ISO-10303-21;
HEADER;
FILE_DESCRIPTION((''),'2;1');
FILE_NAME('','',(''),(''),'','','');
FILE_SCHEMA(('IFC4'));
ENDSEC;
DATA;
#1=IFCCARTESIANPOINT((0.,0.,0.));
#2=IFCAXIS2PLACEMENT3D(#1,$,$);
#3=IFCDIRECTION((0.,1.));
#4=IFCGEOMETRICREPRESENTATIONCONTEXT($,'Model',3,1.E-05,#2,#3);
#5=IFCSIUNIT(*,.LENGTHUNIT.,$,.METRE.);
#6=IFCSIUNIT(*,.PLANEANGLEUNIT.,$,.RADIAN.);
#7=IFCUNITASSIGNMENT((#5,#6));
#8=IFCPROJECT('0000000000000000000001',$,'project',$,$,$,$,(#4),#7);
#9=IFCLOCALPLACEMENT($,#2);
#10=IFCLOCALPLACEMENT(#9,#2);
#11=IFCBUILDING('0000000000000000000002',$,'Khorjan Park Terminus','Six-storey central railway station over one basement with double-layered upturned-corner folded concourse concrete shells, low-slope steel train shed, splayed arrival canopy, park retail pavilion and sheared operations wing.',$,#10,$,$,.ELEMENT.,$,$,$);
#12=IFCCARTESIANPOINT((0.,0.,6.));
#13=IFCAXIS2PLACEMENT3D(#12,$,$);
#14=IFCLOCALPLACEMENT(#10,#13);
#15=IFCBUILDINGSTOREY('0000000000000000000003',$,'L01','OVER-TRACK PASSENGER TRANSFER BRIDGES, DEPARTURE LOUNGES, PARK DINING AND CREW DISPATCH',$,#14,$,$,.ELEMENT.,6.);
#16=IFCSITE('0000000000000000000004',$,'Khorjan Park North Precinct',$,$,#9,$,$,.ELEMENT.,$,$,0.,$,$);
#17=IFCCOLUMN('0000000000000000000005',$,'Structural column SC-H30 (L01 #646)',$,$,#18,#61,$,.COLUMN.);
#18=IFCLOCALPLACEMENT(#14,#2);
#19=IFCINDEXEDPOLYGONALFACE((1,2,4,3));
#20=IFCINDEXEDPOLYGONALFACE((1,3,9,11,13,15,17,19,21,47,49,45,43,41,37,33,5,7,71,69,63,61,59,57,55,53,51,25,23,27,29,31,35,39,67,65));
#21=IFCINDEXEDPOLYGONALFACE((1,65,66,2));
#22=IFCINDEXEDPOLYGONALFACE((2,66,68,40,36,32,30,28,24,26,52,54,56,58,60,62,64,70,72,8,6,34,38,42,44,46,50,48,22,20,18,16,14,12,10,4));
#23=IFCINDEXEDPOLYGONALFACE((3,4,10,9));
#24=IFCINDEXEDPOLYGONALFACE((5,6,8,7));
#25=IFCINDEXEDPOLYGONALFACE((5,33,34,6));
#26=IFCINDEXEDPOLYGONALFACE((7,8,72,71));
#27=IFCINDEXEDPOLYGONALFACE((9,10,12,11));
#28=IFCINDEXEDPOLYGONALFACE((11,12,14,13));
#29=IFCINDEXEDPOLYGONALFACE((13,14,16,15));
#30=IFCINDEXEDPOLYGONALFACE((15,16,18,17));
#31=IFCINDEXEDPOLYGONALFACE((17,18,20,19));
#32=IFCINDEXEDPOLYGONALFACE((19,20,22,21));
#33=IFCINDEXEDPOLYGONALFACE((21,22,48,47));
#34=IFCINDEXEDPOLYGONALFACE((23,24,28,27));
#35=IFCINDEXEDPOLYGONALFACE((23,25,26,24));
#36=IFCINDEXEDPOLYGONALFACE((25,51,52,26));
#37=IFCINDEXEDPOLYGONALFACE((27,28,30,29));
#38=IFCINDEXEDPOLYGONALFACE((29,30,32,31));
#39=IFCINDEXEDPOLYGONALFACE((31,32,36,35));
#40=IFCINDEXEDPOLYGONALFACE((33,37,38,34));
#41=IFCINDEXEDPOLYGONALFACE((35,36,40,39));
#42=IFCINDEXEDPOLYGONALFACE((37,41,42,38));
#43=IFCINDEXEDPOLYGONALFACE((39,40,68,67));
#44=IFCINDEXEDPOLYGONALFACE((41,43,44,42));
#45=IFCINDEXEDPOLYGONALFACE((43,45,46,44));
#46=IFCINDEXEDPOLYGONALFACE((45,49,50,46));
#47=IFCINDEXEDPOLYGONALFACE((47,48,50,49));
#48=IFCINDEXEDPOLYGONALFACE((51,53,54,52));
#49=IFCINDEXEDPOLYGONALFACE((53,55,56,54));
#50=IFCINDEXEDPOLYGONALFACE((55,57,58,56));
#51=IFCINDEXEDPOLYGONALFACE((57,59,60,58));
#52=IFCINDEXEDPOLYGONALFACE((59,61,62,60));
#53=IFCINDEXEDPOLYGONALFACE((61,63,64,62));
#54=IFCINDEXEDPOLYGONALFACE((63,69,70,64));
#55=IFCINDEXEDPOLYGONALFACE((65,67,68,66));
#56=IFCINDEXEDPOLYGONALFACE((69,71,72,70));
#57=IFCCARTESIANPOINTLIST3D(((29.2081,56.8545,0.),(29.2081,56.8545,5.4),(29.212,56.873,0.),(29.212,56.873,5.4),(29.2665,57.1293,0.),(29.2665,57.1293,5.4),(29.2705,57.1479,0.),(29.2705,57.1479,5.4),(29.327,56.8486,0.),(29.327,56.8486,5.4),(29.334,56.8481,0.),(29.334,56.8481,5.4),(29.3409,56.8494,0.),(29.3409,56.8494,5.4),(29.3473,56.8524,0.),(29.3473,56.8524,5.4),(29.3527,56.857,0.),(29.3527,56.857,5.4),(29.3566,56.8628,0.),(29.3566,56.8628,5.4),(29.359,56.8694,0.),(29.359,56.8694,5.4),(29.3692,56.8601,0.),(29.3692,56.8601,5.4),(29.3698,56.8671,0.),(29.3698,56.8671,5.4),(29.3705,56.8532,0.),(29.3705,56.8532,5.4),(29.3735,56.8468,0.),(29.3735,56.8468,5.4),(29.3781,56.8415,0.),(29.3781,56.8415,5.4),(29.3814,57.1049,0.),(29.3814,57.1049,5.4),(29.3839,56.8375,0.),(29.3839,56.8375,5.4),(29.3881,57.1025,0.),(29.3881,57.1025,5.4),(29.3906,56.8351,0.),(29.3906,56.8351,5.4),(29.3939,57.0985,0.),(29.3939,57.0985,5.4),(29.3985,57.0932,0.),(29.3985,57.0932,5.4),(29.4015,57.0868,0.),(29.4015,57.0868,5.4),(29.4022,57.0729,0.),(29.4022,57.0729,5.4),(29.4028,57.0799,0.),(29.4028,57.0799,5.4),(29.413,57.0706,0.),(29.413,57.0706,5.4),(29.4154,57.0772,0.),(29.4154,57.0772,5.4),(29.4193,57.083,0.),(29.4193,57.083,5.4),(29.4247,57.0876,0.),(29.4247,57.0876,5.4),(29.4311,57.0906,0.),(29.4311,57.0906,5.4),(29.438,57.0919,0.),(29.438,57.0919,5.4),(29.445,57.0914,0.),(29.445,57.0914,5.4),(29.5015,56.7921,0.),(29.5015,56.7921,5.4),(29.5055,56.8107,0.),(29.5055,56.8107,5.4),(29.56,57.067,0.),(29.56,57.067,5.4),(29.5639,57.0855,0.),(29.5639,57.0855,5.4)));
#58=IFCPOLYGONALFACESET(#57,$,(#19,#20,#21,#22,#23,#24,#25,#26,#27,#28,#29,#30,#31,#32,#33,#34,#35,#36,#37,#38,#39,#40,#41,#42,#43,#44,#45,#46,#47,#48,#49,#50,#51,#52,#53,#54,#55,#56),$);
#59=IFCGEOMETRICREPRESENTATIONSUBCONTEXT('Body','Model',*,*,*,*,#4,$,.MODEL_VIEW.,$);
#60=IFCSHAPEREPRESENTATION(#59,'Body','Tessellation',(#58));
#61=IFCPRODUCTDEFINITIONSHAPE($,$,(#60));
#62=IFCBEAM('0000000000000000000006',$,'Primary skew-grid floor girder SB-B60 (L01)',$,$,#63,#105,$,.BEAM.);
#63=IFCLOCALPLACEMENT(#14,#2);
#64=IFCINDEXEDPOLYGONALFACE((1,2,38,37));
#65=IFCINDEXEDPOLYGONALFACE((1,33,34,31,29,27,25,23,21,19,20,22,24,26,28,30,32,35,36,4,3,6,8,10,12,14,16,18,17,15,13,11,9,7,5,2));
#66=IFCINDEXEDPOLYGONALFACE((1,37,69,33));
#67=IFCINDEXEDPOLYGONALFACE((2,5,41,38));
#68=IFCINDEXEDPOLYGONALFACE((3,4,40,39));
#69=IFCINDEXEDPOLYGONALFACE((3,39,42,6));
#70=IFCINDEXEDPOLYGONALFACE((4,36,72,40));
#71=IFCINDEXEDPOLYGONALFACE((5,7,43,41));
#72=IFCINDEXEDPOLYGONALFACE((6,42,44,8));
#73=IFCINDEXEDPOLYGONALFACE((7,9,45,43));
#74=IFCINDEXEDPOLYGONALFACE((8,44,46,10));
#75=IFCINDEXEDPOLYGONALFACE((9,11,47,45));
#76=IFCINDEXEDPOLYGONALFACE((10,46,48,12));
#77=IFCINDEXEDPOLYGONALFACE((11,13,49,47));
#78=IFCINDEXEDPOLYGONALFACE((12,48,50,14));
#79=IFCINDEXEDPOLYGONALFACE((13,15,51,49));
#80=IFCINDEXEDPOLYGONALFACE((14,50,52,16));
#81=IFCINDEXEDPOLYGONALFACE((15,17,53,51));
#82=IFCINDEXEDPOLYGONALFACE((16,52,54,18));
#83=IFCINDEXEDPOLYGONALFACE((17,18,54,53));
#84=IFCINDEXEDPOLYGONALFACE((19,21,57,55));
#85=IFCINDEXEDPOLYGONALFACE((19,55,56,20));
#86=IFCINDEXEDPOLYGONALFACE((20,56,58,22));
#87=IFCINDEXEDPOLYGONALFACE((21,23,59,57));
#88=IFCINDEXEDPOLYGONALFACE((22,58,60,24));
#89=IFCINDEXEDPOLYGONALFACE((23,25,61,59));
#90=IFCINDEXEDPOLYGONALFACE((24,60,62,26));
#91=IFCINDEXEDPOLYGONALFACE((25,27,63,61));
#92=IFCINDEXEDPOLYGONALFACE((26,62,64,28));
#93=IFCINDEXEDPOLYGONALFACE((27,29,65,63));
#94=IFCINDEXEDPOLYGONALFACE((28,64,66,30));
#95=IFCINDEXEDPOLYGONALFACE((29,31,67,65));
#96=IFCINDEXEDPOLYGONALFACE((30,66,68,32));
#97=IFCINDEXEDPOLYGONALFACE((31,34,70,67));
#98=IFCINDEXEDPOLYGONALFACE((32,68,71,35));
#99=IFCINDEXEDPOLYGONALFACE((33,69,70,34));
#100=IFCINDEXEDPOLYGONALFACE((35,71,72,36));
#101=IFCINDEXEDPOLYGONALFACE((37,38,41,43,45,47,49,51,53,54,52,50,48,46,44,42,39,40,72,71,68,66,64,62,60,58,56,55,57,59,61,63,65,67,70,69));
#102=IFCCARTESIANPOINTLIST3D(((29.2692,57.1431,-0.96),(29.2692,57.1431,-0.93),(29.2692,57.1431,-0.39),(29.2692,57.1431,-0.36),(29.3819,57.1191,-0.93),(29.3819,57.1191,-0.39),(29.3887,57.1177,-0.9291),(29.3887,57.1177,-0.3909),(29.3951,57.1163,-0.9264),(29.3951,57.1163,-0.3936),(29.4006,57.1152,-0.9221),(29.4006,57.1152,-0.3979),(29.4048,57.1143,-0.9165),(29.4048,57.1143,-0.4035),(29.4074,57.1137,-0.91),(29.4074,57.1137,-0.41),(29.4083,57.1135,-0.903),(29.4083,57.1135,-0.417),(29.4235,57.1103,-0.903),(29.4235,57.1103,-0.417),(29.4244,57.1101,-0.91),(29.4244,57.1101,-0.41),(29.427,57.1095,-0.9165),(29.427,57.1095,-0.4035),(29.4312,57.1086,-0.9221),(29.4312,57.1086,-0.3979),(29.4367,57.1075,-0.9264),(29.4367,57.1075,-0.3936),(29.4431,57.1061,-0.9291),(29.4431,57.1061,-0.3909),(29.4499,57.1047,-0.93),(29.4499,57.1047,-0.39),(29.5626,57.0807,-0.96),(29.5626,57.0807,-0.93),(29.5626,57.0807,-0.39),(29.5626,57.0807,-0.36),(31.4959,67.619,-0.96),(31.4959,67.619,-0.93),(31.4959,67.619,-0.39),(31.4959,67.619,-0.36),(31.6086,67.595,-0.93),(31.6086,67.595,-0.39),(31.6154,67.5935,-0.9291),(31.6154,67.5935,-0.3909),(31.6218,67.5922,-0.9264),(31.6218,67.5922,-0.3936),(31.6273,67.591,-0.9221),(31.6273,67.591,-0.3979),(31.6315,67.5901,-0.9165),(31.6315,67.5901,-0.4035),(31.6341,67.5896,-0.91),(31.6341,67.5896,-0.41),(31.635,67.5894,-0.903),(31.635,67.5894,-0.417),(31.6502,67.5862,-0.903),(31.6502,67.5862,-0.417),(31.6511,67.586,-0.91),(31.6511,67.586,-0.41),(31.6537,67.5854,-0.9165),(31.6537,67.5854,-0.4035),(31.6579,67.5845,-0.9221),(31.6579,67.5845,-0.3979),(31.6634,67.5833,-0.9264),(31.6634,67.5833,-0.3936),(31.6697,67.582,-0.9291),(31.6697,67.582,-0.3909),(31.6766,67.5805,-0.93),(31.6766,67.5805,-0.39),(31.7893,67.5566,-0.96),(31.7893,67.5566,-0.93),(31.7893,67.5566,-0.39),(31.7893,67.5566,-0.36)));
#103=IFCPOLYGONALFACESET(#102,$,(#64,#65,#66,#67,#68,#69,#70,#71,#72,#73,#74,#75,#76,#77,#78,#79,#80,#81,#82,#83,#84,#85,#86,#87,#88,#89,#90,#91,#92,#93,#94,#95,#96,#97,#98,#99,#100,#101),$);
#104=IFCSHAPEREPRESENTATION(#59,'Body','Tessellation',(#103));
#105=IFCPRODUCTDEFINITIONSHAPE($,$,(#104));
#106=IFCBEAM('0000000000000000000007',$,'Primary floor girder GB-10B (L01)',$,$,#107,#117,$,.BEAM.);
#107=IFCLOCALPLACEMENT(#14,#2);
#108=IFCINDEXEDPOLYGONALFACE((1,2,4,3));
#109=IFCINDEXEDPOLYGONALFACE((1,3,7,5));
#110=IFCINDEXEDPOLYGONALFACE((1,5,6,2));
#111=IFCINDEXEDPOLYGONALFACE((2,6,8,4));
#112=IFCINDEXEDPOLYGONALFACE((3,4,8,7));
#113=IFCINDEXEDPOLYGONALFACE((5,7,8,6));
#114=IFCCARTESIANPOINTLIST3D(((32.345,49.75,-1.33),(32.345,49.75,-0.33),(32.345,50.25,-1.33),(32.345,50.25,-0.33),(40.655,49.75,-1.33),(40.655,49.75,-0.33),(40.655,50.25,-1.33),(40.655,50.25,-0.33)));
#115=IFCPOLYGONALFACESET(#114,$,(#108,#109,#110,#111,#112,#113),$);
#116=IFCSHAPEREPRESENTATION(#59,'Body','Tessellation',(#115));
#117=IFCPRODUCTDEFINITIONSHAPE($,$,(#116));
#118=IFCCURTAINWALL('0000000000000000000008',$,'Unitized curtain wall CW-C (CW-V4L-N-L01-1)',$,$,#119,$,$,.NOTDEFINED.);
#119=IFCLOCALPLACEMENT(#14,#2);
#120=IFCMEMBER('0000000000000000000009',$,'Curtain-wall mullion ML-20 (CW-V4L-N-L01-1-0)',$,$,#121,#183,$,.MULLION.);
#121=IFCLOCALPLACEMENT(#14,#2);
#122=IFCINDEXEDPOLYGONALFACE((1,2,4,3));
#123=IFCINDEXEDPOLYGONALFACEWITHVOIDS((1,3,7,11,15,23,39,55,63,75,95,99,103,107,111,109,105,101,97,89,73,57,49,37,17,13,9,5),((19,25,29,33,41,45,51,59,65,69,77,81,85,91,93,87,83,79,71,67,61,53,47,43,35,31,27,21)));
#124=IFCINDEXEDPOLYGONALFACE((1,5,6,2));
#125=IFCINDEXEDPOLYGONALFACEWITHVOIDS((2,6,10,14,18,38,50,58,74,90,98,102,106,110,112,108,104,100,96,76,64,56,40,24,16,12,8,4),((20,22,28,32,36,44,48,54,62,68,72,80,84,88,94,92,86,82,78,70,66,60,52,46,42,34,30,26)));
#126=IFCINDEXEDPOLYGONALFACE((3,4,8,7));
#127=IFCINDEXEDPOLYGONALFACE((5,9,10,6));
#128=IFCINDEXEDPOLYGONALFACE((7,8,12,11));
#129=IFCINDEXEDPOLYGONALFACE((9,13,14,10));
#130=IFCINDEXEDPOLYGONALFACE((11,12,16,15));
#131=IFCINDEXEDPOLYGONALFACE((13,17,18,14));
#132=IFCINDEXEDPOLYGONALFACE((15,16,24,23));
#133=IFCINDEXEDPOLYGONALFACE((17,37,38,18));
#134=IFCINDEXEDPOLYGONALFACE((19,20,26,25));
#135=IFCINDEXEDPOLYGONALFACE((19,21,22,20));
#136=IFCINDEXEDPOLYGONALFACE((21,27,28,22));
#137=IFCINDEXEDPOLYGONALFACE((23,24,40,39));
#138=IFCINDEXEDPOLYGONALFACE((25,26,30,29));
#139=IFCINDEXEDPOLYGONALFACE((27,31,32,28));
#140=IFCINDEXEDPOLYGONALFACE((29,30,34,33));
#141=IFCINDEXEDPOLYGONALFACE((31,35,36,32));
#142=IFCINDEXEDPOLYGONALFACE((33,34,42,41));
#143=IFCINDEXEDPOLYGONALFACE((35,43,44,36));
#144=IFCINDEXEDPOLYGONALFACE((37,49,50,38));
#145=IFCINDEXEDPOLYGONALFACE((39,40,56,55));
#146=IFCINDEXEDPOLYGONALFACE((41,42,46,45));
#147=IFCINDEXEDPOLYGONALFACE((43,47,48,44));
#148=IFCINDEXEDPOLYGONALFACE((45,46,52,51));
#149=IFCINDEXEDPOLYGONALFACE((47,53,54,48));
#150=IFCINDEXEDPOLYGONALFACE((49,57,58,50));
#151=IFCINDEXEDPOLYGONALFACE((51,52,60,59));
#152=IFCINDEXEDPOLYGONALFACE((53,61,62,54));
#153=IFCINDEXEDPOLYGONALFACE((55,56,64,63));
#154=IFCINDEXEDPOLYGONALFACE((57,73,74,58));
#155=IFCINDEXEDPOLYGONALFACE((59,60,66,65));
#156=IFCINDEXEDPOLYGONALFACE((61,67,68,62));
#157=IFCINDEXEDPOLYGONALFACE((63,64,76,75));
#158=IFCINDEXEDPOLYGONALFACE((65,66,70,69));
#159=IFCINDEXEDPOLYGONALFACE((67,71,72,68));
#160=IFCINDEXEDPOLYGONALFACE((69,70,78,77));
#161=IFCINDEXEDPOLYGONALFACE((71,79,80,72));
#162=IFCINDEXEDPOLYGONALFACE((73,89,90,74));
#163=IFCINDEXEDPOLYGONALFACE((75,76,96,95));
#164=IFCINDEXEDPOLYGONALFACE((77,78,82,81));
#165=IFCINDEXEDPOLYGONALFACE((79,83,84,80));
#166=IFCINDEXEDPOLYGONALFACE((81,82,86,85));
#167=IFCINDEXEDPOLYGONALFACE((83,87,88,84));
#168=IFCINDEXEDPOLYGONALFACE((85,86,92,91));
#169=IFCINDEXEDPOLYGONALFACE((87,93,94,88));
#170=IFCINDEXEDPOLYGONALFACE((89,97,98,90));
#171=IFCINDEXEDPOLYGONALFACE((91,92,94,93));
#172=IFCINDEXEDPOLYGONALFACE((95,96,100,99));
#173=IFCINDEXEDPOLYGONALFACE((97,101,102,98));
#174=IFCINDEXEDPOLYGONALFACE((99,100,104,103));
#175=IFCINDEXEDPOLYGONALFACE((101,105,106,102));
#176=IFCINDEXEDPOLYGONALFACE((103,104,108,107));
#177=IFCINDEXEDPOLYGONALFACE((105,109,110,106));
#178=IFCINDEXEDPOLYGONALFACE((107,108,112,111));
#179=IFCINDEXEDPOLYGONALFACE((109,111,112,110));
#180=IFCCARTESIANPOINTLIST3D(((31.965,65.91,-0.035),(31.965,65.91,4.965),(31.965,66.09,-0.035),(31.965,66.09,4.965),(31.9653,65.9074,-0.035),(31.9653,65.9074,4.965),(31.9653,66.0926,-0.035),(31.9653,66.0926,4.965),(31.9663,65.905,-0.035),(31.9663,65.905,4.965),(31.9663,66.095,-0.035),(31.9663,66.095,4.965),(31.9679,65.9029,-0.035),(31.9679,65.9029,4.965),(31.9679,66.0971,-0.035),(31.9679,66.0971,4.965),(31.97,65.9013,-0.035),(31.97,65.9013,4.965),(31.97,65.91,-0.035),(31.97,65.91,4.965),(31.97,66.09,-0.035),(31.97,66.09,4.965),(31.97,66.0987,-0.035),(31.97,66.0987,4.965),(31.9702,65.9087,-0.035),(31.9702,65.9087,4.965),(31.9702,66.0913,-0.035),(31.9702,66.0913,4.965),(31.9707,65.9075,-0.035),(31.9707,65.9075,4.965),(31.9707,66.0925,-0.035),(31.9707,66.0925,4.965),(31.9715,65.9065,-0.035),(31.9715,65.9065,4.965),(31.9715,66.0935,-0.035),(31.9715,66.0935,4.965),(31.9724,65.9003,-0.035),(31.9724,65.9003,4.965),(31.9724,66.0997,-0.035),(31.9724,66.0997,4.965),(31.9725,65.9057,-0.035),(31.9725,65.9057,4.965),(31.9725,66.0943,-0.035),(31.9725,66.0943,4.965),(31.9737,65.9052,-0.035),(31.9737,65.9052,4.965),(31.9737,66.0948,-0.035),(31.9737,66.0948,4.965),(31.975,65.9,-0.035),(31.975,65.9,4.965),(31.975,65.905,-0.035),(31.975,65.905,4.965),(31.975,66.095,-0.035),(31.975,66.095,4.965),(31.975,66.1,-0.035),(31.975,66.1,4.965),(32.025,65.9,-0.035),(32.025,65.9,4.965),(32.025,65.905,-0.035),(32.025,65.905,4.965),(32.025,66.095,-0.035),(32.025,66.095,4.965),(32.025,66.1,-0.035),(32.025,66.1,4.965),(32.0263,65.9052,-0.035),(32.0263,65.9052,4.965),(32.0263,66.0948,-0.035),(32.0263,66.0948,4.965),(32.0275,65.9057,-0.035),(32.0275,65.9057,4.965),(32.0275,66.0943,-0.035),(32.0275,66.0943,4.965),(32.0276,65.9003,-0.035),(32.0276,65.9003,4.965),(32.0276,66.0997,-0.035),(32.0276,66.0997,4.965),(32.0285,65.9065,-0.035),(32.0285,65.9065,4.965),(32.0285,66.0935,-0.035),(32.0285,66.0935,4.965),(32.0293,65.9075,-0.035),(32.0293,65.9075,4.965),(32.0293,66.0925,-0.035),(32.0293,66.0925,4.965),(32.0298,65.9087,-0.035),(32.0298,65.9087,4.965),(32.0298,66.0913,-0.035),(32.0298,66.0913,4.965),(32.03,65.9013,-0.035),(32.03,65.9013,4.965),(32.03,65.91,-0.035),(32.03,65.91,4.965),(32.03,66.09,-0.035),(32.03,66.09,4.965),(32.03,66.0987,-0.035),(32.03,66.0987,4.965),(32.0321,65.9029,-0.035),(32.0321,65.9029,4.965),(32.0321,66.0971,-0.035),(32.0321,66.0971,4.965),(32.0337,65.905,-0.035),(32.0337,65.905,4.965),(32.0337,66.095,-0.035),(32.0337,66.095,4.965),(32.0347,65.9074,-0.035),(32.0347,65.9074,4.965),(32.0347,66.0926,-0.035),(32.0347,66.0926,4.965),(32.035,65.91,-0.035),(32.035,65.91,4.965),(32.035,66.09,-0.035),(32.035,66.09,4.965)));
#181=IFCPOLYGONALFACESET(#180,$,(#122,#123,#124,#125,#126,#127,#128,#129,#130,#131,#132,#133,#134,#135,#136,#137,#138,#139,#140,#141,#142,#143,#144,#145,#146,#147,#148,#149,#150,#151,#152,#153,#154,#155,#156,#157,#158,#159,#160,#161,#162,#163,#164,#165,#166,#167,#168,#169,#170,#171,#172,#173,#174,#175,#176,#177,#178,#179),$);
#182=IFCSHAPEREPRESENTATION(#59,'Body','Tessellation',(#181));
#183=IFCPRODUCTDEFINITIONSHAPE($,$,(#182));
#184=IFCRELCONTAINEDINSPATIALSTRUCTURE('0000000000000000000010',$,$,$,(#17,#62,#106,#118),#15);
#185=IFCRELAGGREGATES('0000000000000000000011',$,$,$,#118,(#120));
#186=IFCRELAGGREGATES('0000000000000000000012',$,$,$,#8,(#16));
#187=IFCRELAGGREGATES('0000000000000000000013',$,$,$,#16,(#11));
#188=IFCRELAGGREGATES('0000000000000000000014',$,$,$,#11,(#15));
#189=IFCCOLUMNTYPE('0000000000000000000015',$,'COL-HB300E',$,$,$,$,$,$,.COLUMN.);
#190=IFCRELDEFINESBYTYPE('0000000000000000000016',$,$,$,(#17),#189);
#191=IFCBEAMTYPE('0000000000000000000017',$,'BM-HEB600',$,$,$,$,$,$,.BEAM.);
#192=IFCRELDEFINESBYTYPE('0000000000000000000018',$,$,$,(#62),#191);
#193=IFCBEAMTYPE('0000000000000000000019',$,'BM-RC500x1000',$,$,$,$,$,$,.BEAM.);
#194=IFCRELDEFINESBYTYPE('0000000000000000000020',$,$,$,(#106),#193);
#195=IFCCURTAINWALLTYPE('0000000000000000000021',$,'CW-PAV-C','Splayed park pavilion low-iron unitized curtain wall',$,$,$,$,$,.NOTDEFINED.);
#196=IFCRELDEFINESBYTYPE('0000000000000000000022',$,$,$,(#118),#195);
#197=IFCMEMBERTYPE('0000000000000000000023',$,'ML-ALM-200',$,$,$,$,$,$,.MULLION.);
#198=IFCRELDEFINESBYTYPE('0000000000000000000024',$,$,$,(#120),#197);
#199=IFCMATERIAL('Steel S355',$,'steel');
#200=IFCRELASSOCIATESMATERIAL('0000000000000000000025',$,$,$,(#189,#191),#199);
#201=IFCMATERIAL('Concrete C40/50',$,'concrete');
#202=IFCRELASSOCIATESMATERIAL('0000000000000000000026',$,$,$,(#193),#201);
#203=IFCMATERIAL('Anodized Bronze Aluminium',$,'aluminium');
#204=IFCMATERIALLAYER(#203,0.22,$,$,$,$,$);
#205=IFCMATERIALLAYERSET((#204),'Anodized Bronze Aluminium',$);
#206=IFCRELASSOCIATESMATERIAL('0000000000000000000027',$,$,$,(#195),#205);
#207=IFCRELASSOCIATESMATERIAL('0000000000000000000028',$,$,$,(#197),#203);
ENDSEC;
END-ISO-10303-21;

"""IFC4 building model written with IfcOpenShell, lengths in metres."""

from ifc_helpers import new_model, si_unit, direction, frame, origin, origin_2d, place, context, subcontext, project, spatial, rectangle, hollow_rectangle, i_section, extrude, material, layer, layer_set, material_profile, profile_set, type_object, element, aggregate, save


model = new_model("IFC4")

# Units and contexts
model_context = context("Model", 3, precision=1e-05, world=origin(), true_north=direction((0.0, 1.0)))
body_context = subcontext(model_context, "Body", "Model", "MODEL_VIEW")
ifc_project = project(units=[si_unit("LENGTHUNIT", "METRE"), si_unit("PLANEANGLEUNIT", "RADIAN")], contexts=[model_context])

# Site, building, storey
site_placement = place(None, origin())
site = spatial("IfcSite", under=ifc_project, at=site_placement, Name="Khorjan Park North Precinct", CompositionType="ELEMENT", RefElevation=0.0)
building_placement = place(site_placement, origin())
building = spatial("IfcBuilding", under=site, at=building_placement, Name="Khorjan Park Terminus", Description="Six-storey central railway station over one basement with double-layered upturned-corner folded concourse concrete shells, low-slope steel train shed, splayed arrival canopy, park retail pavilion and sheared operations wing.", CompositionType="ELEMENT")
storey_placement = place(building_placement, frame((0.0, 0.0, 6.0)))
storey = spatial("IfcBuildingStorey", under=building, at=storey_placement, Name="L01", Description="OVER-TRACK PASSENGER TRANSFER BRIDGES, DEPARTURE LOUNGES, PARK DINING AND CREW DISPATCH", CompositionType="ELEMENT", Elevation=6.0)

# Column
ifc_material_1 = material(Name="Steel S355", Category="steel")
ifc_material_profile_1 = material_profile(ifc_material_1, i_section(OverallWidth=0.3, OverallDepth=0.3, WebThickness=0.011, FlangeThickness=0.019, FilletRadius=0.027, at=origin_2d()), Name="HEB 300")
ifc_profile_set_1 = profile_set([ifc_material_profile_1], Name="Steel S355")
column_type = type_object("IfcColumnType", Name="COL-HB300E", PredefinedType="COLUMN", material=ifc_profile_set_1)
column_placement = place(storey_placement, frame((29.386, 56.97, 0.0), z_axis=(0.0, 0.0, 1.0), x_axis=(0.978148, -0.207912, 0.0)))
element("IfcColumn", 1, at=column_placement, inside=storey, type_object=column_type, Name="Structural column SC-H30 (L01 #646)", PredefinedType="COLUMN", context=body_context, shape_type="SweptSolid", body=[
    extrude(i_section(OverallWidth=0.3, OverallDepth=0.3, WebThickness=0.011, FlangeThickness=0.019, FilletRadius=0.027, at=origin_2d()), origin(), (0.0, 0.0, 1.0), 5.4),
])

# Beams
ifc_material_profile_2 = material_profile(ifc_material_1, i_section(OverallWidth=0.3, OverallDepth=0.6, WebThickness=0.0155, FlangeThickness=0.03, FilletRadius=0.027, at=origin_2d()), Name="HEB 600")
ifc_profile_set_2 = profile_set([ifc_material_profile_2], Name="Steel S355")
beam_type_1 = type_object("IfcBeamType", Name="BM-HEB600", PredefinedType="BEAM", material=ifc_profile_set_2)
beam_1_placement = place(storey_placement, frame((29.4159, 57.1119, -0.66), z_axis=(0.20791, 0.978148, 0.0), x_axis=(-0.978148, 0.20791, 0.0)))
element("IfcBeam", 2, at=beam_1_placement, inside=storey, type_object=beam_type_1, Name="Primary skew-grid floor girder SB-B60 (L01)", PredefinedType="BEAM", context=body_context, shape_type="SweptSolid", body=[
    extrude(i_section(OverallWidth=0.3, OverallDepth=0.6, WebThickness=0.0155, FlangeThickness=0.03, FilletRadius=0.027, at=origin_2d()), origin(), (0.0, 0.0, 1.0), 10.7099),
])
ifc_material_2 = material(Name="Concrete C40/50", Category="concrete")
ifc_material_profile_3 = material_profile(ifc_material_2, rectangle(XDim=0.5, YDim=1.0, at=origin_2d()), Name="RC 500x1000")
ifc_profile_set_3 = profile_set([ifc_material_profile_3], Name="Concrete C40/50")
beam_type_2 = type_object("IfcBeamType", Name="BM-RC500x1000", PredefinedType="BEAM", material=ifc_profile_set_3)
beam_2_placement = place(storey_placement, frame((32.345, 50.0, -0.83), z_axis=(1.0, 0.0, 0.0), x_axis=(0.0, 1.0, 0.0)))
element("IfcBeam", 3, at=beam_2_placement, inside=storey, type_object=beam_type_2, Name="Primary floor girder GB-10B (L01)", PredefinedType="BEAM", context=body_context, shape_type="SweptSolid", body=[
    extrude(rectangle(XDim=0.5, YDim=1.0, at=origin_2d()), origin(), (0.0, 0.0, 1.0), 8.31),
])

# Curtain wall, member
ifc_material_3 = material(Name="Anodized Bronze Aluminium", Category="aluminium")
ifc_layer_1 = layer(ifc_material_3, 0.22)
ifc_layer_set_1 = layer_set([ifc_layer_1], Name="Anodized Bronze Aluminium")
curtain_wall_type = type_object("IfcCurtainWallType", Name="CW-PAV-C", Description="Splayed park pavilion low-iron unitized curtain wall", PredefinedType="NOTDEFINED", material=ifc_layer_set_1)
curtain_wall_1_placement = place(storey_placement, origin())
curtain_wall_1 = element("IfcCurtainWall", 4, at=curtain_wall_1_placement, inside=storey, type_object=curtain_wall_type, Name="Unitized curtain wall CW-C (CW-V4L-N-L01-1)", PredefinedType="NOTDEFINED")
ifc_material_profile_4 = material_profile(ifc_material_3, hollow_rectangle(XDim=0.07, YDim=0.2, WallThickness=0.005, InnerFilletRadius=0.005, OuterFilletRadius=0.01, at=origin_2d()), Name="ALM 70x200x5")
ifc_profile_set_4 = profile_set([ifc_material_profile_4], Name="Anodized Bronze Aluminium")
member_type_1 = type_object("IfcMemberType", Name="ML-ALM-200", PredefinedType="MULLION", material=ifc_profile_set_4)
member_1_placement = place(storey_placement, frame((32.0, 66.0, -0.035), z_axis=(0.0, 0.0, 1.0), x_axis=(-1.0, 0.0, 0.0)))
member_1 = element("IfcMember", 5, at=member_1_placement, type_object=member_type_1, Name="Curtain-wall mullion ML-20 (CW-V4L-N-L01-1-0)", PredefinedType="MULLION", context=body_context, shape_type="SweptSolid", body=[
    extrude(hollow_rectangle(XDim=0.07, YDim=0.2, WallThickness=0.005, InnerFilletRadius=0.005, OuterFilletRadius=0.01, at=origin_2d()), origin(), (0.0, 0.0, 1.0), 5.0),
])

aggregate(curtain_wall_1, [member_1])

save(model, "model.ifc")
